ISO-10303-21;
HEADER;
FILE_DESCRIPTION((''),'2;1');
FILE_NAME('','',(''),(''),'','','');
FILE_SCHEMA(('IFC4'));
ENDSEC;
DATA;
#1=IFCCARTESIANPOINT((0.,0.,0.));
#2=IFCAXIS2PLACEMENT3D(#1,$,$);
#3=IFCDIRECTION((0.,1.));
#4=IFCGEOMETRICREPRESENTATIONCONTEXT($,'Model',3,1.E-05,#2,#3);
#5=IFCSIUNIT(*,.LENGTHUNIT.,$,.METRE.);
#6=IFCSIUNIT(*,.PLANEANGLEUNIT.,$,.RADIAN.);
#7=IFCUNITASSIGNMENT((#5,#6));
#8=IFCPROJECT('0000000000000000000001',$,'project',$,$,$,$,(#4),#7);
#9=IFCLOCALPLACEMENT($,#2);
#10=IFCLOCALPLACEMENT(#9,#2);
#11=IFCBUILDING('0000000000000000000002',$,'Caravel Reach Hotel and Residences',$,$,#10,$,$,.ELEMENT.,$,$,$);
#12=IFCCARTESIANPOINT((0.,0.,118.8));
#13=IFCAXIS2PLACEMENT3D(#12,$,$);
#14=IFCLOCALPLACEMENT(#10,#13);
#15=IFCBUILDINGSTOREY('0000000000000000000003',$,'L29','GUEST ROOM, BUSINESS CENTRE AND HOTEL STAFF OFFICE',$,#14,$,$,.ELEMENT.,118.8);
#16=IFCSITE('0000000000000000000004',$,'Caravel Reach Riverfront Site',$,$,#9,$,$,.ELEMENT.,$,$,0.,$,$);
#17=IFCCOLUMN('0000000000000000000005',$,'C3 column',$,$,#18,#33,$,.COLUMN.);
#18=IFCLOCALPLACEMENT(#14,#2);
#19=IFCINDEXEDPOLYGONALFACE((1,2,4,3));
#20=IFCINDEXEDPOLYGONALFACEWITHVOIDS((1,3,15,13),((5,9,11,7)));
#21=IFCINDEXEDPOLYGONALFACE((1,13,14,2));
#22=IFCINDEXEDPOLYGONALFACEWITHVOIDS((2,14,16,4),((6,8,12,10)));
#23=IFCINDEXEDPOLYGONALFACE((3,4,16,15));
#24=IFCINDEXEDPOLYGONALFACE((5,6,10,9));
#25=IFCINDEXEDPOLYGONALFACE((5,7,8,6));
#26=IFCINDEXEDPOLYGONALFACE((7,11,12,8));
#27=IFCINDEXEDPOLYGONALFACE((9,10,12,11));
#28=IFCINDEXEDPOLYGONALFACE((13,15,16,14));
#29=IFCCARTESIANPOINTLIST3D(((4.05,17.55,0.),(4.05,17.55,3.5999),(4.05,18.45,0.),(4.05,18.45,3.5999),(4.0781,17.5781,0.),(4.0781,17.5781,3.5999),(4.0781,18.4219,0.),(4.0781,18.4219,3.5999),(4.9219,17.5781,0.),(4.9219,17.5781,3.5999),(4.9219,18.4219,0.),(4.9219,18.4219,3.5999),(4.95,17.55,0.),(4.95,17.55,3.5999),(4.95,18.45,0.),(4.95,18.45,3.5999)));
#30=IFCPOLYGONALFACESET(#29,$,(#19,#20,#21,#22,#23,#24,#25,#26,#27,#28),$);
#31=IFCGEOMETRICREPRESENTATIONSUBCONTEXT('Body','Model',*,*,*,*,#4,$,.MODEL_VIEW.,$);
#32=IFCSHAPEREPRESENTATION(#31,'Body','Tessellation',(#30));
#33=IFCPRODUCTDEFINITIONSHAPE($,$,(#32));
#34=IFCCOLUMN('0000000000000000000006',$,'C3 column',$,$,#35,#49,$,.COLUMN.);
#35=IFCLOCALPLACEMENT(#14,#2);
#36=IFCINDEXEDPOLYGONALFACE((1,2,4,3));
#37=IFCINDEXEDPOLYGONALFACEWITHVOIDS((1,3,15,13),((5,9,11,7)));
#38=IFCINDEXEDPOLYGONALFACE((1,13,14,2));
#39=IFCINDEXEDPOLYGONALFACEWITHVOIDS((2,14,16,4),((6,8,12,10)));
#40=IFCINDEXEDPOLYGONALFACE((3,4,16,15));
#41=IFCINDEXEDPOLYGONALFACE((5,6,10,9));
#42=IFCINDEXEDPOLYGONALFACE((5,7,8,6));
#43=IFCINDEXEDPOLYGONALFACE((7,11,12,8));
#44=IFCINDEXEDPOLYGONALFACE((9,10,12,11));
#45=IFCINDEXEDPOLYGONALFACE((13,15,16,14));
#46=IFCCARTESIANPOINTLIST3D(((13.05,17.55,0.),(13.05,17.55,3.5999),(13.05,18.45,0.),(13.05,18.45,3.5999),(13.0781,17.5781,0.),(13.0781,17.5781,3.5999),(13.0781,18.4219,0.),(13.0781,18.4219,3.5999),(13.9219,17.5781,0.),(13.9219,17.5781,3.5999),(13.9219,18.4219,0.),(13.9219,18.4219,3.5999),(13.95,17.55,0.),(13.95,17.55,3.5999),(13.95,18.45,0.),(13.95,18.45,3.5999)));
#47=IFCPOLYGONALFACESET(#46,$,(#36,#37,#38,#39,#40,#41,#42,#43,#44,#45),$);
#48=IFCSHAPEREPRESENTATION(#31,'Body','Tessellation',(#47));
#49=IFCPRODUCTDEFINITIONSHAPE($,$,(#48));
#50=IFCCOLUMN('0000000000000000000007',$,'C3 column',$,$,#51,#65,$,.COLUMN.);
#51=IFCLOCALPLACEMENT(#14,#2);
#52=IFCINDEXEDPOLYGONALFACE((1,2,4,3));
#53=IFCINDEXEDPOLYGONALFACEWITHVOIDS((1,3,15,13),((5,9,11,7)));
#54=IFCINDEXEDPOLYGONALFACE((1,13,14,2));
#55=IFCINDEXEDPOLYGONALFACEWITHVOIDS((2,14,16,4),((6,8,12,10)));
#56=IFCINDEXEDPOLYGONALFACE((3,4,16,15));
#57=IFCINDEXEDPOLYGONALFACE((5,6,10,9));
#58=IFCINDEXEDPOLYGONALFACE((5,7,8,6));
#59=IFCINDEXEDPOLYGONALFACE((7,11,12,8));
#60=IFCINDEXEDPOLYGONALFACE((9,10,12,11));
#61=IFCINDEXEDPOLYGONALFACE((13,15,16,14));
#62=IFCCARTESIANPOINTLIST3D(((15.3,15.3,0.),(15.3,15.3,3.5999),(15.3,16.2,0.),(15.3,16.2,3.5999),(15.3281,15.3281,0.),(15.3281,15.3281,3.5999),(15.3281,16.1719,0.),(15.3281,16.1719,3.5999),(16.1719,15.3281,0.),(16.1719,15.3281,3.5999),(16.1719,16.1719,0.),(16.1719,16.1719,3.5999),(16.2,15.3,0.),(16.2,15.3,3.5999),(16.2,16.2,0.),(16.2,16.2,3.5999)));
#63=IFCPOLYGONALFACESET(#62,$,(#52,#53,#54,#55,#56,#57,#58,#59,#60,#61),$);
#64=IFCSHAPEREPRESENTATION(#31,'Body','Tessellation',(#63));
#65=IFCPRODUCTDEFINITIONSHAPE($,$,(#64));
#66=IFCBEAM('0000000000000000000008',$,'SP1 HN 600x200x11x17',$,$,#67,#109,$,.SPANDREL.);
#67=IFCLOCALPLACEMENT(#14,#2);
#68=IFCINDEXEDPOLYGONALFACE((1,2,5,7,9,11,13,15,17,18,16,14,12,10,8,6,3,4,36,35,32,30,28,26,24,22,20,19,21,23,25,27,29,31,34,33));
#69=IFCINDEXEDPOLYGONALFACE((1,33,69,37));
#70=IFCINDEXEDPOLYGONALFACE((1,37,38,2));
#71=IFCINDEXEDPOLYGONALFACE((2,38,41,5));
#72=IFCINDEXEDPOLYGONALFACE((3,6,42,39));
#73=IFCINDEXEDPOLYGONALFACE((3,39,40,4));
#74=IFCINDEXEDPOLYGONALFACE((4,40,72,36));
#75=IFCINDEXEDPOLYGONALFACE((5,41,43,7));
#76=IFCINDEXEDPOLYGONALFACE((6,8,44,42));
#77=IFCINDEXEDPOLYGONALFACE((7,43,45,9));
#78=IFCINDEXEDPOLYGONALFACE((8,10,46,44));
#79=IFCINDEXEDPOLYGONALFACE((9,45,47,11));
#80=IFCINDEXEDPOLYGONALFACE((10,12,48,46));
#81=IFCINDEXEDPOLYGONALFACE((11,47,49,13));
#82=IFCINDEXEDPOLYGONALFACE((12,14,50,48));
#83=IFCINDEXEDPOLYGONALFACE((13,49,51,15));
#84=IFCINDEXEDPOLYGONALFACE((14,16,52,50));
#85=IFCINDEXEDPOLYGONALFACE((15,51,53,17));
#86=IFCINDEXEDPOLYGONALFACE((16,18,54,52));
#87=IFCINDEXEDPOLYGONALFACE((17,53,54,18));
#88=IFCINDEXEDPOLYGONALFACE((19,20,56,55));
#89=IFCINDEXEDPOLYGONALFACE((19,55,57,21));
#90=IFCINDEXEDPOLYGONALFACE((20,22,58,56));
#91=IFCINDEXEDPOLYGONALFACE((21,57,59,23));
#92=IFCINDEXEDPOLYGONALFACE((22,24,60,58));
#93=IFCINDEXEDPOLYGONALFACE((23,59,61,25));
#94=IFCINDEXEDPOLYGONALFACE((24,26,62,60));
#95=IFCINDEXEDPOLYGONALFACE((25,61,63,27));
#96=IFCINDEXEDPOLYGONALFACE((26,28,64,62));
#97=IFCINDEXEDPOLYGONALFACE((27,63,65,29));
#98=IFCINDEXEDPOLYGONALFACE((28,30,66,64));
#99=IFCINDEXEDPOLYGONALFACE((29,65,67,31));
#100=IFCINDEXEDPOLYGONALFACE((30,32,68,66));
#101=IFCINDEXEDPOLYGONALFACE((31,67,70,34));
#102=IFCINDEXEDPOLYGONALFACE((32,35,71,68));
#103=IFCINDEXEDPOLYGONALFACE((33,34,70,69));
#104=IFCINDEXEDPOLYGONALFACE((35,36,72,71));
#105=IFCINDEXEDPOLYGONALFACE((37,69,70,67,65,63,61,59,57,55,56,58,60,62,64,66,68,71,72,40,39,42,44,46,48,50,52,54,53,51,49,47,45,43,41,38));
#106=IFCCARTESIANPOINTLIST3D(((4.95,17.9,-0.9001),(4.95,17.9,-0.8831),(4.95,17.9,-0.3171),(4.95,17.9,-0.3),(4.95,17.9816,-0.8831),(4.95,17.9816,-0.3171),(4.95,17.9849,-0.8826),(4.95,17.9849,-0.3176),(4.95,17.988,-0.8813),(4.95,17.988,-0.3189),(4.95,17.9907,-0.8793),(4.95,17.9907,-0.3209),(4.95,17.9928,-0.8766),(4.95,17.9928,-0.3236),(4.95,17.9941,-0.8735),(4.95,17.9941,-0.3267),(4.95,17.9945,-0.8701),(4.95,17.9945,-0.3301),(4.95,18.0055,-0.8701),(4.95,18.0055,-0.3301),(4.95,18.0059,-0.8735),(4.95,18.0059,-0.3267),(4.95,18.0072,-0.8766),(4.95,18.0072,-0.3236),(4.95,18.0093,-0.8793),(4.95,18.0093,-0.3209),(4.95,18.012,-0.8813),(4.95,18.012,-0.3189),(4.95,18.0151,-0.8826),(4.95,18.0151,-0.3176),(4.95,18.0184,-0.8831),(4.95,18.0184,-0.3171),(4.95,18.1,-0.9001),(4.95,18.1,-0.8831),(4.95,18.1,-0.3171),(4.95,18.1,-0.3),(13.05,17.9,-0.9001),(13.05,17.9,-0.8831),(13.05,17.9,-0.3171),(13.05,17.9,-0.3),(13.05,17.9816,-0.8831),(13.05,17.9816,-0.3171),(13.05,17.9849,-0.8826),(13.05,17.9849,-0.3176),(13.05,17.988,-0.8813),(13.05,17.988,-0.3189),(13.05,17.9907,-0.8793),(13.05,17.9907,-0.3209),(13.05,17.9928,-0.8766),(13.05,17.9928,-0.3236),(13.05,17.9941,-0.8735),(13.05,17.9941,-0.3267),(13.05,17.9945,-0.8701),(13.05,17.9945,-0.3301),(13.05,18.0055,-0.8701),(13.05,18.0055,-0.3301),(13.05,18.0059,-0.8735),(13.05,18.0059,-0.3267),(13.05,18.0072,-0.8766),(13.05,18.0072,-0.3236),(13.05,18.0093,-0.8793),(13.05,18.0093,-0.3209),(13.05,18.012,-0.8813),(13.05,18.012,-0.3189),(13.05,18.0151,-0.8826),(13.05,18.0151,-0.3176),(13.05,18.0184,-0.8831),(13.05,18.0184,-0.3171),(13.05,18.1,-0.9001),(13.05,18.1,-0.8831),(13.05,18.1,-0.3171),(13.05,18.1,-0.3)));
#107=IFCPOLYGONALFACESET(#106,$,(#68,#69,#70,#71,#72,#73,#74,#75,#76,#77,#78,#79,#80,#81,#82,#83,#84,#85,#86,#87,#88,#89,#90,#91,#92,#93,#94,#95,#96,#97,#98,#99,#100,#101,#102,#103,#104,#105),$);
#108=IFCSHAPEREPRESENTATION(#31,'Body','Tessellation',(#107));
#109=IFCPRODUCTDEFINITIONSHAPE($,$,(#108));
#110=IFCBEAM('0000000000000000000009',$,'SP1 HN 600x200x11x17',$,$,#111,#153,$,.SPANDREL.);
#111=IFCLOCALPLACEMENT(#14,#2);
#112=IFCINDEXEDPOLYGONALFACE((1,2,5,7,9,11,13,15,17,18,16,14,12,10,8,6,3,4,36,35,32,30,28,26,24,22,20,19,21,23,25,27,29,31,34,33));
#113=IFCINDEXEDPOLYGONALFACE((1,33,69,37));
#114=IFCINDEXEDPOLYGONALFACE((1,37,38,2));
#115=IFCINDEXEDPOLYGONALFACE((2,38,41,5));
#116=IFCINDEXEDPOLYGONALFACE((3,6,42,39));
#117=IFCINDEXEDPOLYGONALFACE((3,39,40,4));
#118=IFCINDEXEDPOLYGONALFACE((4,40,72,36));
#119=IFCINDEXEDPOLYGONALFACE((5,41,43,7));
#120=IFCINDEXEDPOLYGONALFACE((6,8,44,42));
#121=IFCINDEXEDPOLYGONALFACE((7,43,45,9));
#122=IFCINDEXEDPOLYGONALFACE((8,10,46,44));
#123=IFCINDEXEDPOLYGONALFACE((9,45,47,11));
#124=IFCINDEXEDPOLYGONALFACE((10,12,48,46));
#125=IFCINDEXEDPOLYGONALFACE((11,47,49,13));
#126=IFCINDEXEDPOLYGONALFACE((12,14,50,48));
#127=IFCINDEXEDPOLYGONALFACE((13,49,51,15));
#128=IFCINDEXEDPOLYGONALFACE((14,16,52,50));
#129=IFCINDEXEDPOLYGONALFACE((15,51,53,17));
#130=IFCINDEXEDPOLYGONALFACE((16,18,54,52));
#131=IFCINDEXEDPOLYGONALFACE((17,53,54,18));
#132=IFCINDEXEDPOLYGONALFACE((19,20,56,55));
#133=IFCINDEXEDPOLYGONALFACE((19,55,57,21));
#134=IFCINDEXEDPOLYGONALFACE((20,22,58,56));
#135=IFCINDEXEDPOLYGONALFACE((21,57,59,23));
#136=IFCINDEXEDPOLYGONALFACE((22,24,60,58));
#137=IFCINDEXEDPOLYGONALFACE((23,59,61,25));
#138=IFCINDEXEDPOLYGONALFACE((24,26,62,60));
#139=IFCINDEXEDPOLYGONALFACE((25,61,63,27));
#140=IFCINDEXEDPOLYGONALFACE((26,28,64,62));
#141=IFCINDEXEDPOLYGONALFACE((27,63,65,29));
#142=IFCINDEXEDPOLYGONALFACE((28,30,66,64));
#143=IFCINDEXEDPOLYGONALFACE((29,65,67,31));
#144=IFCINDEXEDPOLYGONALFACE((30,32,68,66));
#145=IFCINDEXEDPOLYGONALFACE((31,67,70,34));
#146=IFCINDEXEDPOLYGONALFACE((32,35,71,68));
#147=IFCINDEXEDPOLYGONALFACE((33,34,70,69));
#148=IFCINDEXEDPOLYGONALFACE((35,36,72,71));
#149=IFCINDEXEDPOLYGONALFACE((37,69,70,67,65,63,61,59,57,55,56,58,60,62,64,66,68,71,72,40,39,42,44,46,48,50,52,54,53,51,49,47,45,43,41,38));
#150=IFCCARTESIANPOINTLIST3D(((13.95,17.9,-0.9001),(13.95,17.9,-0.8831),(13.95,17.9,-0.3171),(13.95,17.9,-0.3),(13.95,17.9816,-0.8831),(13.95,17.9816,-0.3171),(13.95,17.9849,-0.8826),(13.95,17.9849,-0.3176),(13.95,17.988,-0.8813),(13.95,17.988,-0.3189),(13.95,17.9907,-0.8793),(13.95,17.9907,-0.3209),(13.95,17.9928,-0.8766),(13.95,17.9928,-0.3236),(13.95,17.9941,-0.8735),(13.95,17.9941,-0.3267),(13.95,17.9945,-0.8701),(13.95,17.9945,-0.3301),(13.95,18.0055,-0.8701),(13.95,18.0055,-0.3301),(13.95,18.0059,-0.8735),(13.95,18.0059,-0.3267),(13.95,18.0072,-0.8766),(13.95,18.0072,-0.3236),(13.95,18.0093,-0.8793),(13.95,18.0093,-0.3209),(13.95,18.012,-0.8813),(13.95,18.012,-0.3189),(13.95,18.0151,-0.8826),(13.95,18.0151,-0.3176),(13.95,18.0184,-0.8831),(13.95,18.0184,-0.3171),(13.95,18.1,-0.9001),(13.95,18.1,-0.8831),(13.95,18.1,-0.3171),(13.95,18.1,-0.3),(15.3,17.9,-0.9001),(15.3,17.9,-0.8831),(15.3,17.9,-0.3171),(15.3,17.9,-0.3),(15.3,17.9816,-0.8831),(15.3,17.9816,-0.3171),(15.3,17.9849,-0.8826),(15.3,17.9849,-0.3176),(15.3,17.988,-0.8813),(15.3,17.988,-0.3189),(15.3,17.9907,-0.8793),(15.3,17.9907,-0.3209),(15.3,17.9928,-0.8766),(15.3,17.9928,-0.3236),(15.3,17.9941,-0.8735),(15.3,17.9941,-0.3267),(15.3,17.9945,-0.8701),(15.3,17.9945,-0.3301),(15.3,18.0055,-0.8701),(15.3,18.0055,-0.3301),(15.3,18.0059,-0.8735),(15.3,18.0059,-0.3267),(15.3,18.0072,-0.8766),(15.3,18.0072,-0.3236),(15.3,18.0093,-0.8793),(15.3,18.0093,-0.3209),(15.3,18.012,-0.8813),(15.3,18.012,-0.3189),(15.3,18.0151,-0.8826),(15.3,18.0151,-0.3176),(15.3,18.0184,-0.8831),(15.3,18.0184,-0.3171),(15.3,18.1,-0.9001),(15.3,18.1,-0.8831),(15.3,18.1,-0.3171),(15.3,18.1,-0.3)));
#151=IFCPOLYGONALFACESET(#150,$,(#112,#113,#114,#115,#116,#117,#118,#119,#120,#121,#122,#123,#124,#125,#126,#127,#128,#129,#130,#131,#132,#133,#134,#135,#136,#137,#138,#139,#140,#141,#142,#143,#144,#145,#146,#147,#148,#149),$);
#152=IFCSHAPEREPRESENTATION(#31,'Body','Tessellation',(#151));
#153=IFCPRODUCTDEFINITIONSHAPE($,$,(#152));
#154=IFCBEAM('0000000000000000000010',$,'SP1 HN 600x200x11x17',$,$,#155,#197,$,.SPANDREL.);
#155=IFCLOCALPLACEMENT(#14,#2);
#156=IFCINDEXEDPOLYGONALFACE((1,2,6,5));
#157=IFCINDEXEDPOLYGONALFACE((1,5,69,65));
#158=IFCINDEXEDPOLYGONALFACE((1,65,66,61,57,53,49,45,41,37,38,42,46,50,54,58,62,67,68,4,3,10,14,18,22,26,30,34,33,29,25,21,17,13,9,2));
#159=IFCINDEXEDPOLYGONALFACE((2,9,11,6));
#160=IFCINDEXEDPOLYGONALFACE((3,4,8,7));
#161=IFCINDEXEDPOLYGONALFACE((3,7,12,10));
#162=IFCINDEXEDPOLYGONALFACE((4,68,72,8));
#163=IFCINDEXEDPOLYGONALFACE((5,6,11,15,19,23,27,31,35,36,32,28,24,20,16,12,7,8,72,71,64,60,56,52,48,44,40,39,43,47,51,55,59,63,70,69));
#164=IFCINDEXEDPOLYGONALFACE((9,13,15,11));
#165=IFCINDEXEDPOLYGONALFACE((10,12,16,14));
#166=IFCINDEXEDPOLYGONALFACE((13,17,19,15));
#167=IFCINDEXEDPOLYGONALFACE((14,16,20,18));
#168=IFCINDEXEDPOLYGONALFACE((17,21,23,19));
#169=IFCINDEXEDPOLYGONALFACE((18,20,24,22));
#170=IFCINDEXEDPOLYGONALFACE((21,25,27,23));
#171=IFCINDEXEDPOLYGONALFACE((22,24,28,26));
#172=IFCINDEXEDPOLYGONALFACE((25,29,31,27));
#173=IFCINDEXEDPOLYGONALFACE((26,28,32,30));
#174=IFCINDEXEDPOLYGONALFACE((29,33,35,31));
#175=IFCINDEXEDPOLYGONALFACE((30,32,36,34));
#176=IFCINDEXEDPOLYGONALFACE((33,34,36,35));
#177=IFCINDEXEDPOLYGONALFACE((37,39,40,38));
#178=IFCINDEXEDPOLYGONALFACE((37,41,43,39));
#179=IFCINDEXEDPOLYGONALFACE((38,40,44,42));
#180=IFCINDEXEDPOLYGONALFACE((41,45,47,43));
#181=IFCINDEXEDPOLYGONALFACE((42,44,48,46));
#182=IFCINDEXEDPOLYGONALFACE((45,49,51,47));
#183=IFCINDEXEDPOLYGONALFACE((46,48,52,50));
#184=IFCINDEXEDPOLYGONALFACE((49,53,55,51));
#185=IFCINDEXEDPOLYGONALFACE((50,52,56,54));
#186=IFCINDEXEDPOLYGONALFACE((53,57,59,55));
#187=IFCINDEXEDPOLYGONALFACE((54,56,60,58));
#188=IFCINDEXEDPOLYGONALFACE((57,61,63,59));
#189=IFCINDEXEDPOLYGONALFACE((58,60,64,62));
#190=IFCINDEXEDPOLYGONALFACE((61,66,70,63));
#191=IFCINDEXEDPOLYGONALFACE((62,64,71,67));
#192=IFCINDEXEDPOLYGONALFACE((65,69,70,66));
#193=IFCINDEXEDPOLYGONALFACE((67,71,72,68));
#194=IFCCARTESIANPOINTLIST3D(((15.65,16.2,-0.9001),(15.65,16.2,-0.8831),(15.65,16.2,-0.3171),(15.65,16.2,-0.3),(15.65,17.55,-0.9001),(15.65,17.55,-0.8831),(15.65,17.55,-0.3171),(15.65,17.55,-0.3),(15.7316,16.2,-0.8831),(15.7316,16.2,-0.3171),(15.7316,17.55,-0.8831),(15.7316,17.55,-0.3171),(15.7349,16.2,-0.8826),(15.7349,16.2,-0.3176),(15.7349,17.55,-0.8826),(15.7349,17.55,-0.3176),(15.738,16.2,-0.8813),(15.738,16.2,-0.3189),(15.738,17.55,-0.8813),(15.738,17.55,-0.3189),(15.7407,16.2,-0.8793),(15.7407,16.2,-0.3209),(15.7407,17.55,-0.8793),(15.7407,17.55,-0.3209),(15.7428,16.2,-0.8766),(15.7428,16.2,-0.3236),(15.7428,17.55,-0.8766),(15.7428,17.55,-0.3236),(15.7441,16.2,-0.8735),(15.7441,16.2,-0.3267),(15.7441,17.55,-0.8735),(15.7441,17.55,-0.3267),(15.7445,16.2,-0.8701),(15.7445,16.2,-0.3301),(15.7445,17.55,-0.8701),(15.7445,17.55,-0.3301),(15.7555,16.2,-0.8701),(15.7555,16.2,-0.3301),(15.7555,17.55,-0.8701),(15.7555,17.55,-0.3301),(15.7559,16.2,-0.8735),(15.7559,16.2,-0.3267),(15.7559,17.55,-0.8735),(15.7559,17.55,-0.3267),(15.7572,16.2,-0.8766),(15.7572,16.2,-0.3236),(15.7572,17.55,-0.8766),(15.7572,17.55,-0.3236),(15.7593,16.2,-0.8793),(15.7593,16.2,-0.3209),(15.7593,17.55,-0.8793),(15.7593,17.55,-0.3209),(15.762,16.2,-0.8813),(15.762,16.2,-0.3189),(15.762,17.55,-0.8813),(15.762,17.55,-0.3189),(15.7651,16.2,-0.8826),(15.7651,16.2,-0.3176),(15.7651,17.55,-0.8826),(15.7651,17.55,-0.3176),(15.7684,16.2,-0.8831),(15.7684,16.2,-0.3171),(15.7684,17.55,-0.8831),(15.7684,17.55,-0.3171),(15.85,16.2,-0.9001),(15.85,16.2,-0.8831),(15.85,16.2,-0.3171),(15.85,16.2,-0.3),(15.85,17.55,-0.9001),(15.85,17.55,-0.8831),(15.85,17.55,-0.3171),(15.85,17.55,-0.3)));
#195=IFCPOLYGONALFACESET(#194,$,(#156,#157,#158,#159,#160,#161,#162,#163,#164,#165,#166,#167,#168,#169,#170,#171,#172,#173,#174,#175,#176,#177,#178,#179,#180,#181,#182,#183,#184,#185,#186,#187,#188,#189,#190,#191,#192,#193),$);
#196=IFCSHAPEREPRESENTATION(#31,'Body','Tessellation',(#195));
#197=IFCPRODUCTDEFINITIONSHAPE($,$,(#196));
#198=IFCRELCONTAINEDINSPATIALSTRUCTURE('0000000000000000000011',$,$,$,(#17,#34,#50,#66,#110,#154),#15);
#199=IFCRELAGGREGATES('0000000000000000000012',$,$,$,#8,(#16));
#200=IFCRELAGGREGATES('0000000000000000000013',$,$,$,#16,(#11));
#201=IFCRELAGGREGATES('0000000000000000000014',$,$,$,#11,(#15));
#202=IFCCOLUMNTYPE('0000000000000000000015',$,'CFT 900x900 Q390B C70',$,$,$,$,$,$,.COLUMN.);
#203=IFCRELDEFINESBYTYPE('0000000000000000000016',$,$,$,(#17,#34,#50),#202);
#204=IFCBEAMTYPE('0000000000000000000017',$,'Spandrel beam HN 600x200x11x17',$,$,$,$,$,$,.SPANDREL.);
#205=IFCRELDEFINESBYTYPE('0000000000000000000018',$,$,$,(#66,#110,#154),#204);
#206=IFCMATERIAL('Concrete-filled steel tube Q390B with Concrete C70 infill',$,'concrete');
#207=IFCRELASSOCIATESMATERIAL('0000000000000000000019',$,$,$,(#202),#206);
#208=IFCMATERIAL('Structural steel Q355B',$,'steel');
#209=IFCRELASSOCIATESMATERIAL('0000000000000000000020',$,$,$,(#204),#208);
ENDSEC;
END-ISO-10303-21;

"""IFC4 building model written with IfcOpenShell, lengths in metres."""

from ifc_helpers import new_model, si_unit, direction, frame, origin, origin_2d, place, context, subcontext, project, spatial, hollow_rectangle, i_section, extrude, material, material_profile, profile_set, type_object, element, save


model = new_model("IFC4")

# Units and contexts
model_context = context("Model", 3, precision=1e-05, world=origin(), true_north=direction((0.0, 1.0)))
body_context = subcontext(model_context, "Body", "Model", "MODEL_VIEW")
ifc_project = project(units=[si_unit("LENGTHUNIT", "METRE"), si_unit("PLANEANGLEUNIT", "RADIAN")], contexts=[model_context])

# Site, building, storey
site_placement = place(None, origin())
site = spatial("IfcSite", under=ifc_project, at=site_placement, Name="Caravel Reach Riverfront Site", CompositionType="ELEMENT", RefElevation=0.0)
building_placement = place(site_placement, origin())
building = spatial("IfcBuilding", under=site, at=building_placement, Name="Caravel Reach Hotel and Residences", CompositionType="ELEMENT")
storey_placement = place(building_placement, frame((0.0, 0.0, 118.8)))
storey = spatial("IfcBuildingStorey", under=building, at=storey_placement, Name="L29", Description="GUEST ROOM, BUSINESS CENTRE AND HOTEL STAFF OFFICE", CompositionType="ELEMENT", Elevation=118.8)

# Columns
ifc_material_1 = material(Name="Concrete-filled steel tube Q390B with Concrete C70 infill", Category="concrete")
ifc_material_profile_1 = material_profile(ifc_material_1, hollow_rectangle(XDim=0.8999, YDim=0.8999, WallThickness=0.0281, at=origin_2d()), Name="RHS 900x900x28")
ifc_profile_set_1 = profile_set([ifc_material_profile_1], Name="Concrete-filled steel tube Q390B with Concrete C70 infill")
column_type = type_object("IfcColumnType", Name="CFT 900x900 Q390B C70", PredefinedType="COLUMN", material=ifc_profile_set_1)
for number, where, z_axis, x_axis, name in (
    (1, (4.5, 18.0, 0.0), (0.0, 0.0, 1.0), (1.0, 0.0, 0.0), "C3 column"),
    (2, (13.5, 18.0, 0.0), (0.0, 0.0, 1.0), (1.0, 0.0, 0.0), "C3 column"),
    (3, (15.75, 15.75, 0.0), (0.0, 0.0, 1.0), (1.0, 0.0, 0.0), "C3 column"),
):
    element("IfcColumn", number, at=place(storey_placement, frame(where, z_axis=z_axis, x_axis=x_axis)), inside=storey, type_object=column_type, Name=name, PredefinedType="COLUMN", context=body_context, shape_type="SweptSolid", body=[
        extrude(hollow_rectangle(XDim=0.8999, YDim=0.8999, WallThickness=0.0281, at=origin_2d()), origin(), (0.0, 0.0, 1.0), 3.5999),
    ])

# Beams
ifc_material_2 = material(Name="Structural steel Q355B", Category="steel")
ifc_material_profile_2 = material_profile(ifc_material_2, i_section(OverallWidth=0.2, OverallDepth=0.6001, WebThickness=0.011, FlangeThickness=0.0171, FilletRadius=0.0129, at=origin_2d()), Name="HN 600x200x11x17")
ifc_profile_set_2 = profile_set([ifc_material_profile_2], Name="Structural steel Q355B")
beam_type = type_object("IfcBeamType", Name="Spandrel beam HN 600x200x11x17", PredefinedType="SPANDREL", material=ifc_profile_set_2)
beam_placement = place(storey_placement, frame((4.95, 18.0, -0.6001), z_axis=(1.0, 0.0, 0.0), x_axis=(0.0, 1.0, 0.0)))
element("IfcBeam", 4, at=beam_placement, inside=storey, type_object=beam_type, Name="SP1 HN 600x200x11x17", PredefinedType="SPANDREL", context=body_context, shape_type="SweptSolid", body=[
    extrude(i_section(OverallWidth=0.2, OverallDepth=0.6001, WebThickness=0.011, FlangeThickness=0.0171, FilletRadius=0.0129, at=origin_2d()), origin(), (0.0, 0.0, 1.0), 8.1001),
])
for number, where, z_axis, x_axis, name in (
    (5, (13.95, 18.0, -0.6001), (1.0, 0.0, 0.0), (0.0, 1.0, 0.0), "SP1 HN 600x200x11x17"),
    (6, (15.75, 17.55, -0.6001), (0.0, -1.0, 0.0), (1.0, 0.0, 0.0), "SP1 HN 600x200x11x17"),
):
    element("IfcBeam", number, at=place(storey_placement, frame(where, z_axis=z_axis, x_axis=x_axis)), inside=storey, type_object=beam_type, Name=name, PredefinedType="SPANDREL", context=body_context, shape_type="SweptSolid", body=[
        extrude(i_section(OverallWidth=0.2, OverallDepth=0.6001, WebThickness=0.011, FlangeThickness=0.0171, FilletRadius=0.0129, at=origin_2d()), origin(), (0.0, 0.0, 1.0), 1.3501),
    ])

save(model, "model.ifc")
